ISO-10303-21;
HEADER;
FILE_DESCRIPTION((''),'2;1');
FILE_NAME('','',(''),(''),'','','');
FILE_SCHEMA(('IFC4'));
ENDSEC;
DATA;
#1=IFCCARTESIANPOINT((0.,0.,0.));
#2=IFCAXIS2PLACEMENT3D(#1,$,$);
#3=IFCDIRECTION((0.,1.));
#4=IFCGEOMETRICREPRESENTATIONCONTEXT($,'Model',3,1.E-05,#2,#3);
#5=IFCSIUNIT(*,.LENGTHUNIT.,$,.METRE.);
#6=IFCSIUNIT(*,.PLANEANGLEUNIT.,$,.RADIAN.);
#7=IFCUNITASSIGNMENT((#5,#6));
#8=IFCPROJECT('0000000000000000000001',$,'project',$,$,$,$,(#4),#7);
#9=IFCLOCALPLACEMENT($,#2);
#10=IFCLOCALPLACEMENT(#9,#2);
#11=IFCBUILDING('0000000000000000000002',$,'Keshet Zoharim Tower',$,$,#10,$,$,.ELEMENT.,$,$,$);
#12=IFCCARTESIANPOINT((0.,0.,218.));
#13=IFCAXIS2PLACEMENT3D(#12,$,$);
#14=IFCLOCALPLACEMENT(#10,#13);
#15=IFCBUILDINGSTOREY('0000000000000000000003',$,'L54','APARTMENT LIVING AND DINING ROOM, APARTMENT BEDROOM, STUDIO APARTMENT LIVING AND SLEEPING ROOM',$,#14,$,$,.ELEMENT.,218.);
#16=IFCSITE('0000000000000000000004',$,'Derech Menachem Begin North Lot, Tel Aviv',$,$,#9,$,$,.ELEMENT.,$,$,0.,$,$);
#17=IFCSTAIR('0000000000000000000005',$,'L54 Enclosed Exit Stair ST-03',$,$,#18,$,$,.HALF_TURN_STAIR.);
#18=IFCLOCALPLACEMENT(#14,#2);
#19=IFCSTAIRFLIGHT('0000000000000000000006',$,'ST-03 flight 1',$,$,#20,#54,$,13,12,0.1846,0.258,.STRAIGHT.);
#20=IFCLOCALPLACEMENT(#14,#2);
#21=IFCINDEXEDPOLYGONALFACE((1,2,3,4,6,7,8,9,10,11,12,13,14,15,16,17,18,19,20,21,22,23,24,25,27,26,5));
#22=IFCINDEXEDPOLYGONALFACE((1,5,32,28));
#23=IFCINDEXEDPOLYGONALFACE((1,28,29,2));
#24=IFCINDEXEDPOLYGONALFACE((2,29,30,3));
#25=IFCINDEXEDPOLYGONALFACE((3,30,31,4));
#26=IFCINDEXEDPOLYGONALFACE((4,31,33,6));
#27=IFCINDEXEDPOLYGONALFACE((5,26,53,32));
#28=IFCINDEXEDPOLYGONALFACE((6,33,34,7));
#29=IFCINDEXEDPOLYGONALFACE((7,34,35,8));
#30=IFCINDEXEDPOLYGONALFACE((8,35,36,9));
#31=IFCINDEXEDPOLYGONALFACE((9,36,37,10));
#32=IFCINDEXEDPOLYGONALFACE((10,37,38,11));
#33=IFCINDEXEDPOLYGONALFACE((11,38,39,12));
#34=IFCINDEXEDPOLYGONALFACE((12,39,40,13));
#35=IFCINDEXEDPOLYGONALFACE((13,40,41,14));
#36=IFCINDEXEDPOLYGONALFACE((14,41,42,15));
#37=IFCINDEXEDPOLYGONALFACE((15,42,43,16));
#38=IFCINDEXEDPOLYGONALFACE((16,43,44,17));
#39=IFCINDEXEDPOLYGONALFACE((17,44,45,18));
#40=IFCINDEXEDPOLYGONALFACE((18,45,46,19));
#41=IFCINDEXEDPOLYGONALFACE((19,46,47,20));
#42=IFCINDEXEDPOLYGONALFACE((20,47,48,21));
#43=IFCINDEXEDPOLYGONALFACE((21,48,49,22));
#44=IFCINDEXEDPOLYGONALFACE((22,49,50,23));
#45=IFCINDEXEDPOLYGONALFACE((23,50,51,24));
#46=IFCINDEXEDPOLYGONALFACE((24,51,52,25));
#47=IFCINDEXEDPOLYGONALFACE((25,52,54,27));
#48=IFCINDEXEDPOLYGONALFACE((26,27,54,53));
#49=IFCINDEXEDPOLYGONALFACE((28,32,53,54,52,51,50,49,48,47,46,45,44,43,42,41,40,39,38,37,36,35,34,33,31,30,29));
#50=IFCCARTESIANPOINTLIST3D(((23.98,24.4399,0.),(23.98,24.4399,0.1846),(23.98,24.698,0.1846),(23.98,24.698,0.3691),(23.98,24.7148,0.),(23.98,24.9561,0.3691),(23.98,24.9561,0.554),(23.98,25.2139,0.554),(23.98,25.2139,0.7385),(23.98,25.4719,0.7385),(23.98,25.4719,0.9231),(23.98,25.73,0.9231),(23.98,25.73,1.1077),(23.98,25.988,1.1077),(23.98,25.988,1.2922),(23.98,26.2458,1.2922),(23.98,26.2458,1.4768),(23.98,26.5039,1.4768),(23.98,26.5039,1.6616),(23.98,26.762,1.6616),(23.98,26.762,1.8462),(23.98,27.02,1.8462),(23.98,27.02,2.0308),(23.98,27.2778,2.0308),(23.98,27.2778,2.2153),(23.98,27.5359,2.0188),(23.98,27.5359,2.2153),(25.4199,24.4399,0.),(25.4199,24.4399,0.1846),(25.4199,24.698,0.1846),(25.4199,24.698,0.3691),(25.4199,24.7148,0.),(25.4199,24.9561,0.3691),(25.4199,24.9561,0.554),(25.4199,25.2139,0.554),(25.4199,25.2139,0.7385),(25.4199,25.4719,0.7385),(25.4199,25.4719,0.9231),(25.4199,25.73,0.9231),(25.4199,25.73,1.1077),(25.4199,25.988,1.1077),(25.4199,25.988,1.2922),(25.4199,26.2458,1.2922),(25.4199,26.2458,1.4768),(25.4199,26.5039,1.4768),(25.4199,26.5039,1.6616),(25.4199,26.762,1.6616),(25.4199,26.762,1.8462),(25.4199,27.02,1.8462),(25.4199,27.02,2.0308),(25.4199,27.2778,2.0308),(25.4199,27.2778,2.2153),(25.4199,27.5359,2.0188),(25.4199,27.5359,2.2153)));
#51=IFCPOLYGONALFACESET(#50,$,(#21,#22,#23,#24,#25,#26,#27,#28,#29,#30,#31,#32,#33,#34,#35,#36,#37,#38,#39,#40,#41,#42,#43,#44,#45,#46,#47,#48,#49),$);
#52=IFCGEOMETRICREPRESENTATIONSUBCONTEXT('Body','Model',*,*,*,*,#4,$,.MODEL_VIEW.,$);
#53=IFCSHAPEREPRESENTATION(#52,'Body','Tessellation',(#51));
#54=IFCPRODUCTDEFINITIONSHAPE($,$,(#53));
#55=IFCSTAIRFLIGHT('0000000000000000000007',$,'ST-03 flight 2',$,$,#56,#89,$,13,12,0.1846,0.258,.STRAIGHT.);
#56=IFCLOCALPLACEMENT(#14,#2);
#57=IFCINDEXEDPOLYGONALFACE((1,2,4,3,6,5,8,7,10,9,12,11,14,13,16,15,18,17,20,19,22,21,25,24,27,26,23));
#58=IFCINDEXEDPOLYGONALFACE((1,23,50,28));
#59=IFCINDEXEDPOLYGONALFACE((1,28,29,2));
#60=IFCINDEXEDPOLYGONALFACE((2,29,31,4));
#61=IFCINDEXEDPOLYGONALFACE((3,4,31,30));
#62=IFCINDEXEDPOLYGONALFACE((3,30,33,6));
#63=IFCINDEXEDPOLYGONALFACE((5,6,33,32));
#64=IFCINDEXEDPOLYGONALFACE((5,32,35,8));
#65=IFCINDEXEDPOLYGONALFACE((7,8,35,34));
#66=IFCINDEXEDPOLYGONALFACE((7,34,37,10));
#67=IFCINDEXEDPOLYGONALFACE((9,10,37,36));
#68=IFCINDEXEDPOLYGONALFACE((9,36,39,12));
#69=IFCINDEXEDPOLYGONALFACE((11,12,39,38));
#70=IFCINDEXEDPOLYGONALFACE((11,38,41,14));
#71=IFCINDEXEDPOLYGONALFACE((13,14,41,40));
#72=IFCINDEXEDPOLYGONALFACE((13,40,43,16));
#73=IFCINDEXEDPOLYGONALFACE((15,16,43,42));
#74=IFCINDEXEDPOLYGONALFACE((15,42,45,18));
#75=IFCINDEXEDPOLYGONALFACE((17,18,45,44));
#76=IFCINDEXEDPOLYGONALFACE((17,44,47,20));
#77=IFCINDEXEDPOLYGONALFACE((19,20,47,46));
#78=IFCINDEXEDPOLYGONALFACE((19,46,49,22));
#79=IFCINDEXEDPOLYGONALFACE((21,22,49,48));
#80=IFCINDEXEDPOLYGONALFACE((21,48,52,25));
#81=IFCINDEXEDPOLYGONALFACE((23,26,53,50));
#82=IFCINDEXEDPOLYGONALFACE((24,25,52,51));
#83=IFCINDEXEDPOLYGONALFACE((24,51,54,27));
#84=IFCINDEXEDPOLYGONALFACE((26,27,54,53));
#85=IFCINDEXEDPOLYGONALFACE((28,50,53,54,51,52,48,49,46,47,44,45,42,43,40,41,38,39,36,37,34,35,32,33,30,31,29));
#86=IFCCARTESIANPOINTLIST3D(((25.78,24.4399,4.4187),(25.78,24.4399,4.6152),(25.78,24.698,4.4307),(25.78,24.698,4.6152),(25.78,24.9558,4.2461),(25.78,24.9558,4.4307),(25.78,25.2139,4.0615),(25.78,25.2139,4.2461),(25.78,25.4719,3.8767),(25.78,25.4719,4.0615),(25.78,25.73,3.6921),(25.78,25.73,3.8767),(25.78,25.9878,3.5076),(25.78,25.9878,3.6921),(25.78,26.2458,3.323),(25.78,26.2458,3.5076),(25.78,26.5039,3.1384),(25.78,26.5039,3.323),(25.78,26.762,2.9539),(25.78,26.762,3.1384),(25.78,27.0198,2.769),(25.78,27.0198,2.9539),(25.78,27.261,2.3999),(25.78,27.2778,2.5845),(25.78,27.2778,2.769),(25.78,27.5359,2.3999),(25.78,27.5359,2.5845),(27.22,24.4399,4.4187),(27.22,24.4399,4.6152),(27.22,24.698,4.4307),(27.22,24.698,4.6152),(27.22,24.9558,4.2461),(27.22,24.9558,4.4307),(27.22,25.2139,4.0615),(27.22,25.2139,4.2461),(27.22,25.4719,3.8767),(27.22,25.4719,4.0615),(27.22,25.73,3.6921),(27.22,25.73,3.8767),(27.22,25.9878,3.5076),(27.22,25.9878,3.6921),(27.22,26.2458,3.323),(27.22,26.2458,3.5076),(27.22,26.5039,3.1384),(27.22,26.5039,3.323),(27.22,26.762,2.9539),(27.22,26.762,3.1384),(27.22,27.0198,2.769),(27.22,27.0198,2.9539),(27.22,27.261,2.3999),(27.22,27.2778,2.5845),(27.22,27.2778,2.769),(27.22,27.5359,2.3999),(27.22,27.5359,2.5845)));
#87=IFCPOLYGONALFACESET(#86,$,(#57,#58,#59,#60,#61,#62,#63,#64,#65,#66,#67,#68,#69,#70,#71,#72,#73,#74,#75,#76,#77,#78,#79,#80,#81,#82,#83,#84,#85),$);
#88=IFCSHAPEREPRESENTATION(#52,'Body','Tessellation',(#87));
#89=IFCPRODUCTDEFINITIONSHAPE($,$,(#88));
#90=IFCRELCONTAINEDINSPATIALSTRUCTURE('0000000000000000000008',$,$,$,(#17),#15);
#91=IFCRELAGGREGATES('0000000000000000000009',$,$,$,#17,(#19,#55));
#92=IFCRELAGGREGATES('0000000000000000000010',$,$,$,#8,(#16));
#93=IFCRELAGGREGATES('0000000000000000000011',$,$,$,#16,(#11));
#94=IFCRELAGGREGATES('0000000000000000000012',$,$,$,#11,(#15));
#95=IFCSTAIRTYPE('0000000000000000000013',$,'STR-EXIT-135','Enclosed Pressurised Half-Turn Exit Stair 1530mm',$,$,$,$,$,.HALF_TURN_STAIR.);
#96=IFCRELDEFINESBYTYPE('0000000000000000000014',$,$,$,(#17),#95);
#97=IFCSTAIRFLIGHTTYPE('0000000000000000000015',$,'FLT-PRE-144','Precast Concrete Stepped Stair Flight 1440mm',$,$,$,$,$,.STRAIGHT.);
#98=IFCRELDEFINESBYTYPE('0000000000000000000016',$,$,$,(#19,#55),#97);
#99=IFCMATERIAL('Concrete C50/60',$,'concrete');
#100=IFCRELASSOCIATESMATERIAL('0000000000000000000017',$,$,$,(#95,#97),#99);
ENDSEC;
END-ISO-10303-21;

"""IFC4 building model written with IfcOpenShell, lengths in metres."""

from ifc_helpers import new_model, si_unit, direction, frame, origin, place, context, subcontext, project, spatial, polyline, outline, extrude, material, type_object, element, aggregate, save


model = new_model("IFC4")

# Units and contexts
model_context = context("Model", 3, precision=1e-05, world=origin(), true_north=direction((0.0, 1.0)))
body_context = subcontext(model_context, "Body", "Model", "MODEL_VIEW")
ifc_project = project(units=[si_unit("LENGTHUNIT", "METRE"), si_unit("PLANEANGLEUNIT", "RADIAN")], contexts=[model_context])

# Site, building, storey
site_placement = place(None, origin())
site = spatial("IfcSite", under=ifc_project, at=site_placement, Name="Derech Menachem Begin North Lot, Tel Aviv", CompositionType="ELEMENT", RefElevation=0.0)
building_placement = place(site_placement, origin())
building = spatial("IfcBuilding", under=site, at=building_placement, Name="Keshet Zoharim Tower", CompositionType="ELEMENT")
storey_placement = place(building_placement, frame((0.0, 0.0, 218.0)))
storey = spatial("IfcBuildingStorey", under=building, at=storey_placement, Name="L54", Description="APARTMENT LIVING AND DINING ROOM, APARTMENT BEDROOM, STUDIO APARTMENT LIVING AND SLEEPING ROOM", CompositionType="ELEMENT", Elevation=218.0)

# Shared definitions
ifc_material_1 = material(Name="Concrete C50/60", Category="concrete")

# Shared definitions
stair_type = type_object("IfcStairType", Name="STR-EXIT-135", Description="Enclosed Pressurised Half-Turn Exit Stair 1530mm", PredefinedType="HALF_TURN_STAIR", material=ifc_material_1)

# Stair, stair flights
stair_1_placement = place(storey_placement, origin())
stair_1 = element("IfcStair", 1, at=stair_1_placement, inside=storey, type_object=stair_type, Name="L54 Enclosed Exit Stair ST-03", PredefinedType="HALF_TURN_STAIR")
stair_flight_type_1 = type_object("IfcStairFlightType", Name="FLT-PRE-144", Description="Precast Concrete Stepped Stair Flight 1440mm", PredefinedType="STRAIGHT", material=ifc_material_1)
stair_flight_1_placement = place(storey_placement, frame((24.7, 24.4399, 0.0), z_axis=(0.0, 0.0, 1.0), x_axis=(0.0, 1.0, 0.0)))
stair_flight_1 = element("IfcStairFlight", 2, at=stair_flight_1_placement, type_object=stair_flight_type_1, Name="ST-03 flight 1", NumberOfRisers=13, NumberOfTreads=12, PredefinedType="STRAIGHT", RiserHeight=0.1846, TreadLength=0.258, context=body_context, shape_type="SweptSolid", body=[
    extrude(outline(polyline([(0.0, 0.0), (0.0, 0.1846), (0.2581, 0.1846), (0.2581, 0.3691), (0.5161, 0.3691), (0.5161, 0.554), (0.7739, 0.554), (0.7739, 0.7385), (1.032, 0.7385), (1.032, 0.9231), (1.29, 0.9231), (1.29, 1.1077), (1.5481, 1.1077), (1.5481, 1.2922), (1.8059, 1.2922), (1.8059, 1.4768), (2.064, 1.4768), (2.064, 1.6616), (2.322, 1.6616), (2.322, 1.8462), (2.5801, 1.8462), (2.5801, 2.0308), (2.8379, 2.0308), (2.8379, 2.2153), (3.0959, 2.2153), (3.0959, 2.3999), (3.0959, 2.0188), (0.2749, 0.0), (0.0, 0.0)])), frame((0.0, 0.72, 0.0), z_axis=(0.0, -1.0, 0.0), x_axis=(1.0, 0.0, 0.0)), (0.0, 0.0, 1.0), 1.4399),
])
stair_flight_2_placement = place(storey_placement, frame((26.5, 27.5359, 2.3999), z_axis=(0.0, 0.0, 1.0), x_axis=(0.0, -1.0, 0.0)))
stair_flight_2 = element("IfcStairFlight", 3, at=stair_flight_2_placement, type_object=stair_flight_type_1, Name="ST-03 flight 2", NumberOfRisers=13, NumberOfTreads=12, PredefinedType="STRAIGHT", RiserHeight=0.1846, TreadLength=0.258, context=body_context, shape_type="SweptSolid", body=[
    extrude(outline(polyline([(0.0, 0.0), (0.0, 0.1846), (0.2581, 0.1846), (0.2581, 0.3691), (0.5161, 0.3691), (0.5161, 0.554), (0.7739, 0.554), (0.7739, 0.7385), (1.032, 0.7385), (1.032, 0.9231), (1.29, 0.9231), (1.29, 1.1077), (1.5481, 1.1077), (1.5481, 1.2922), (1.8059, 1.2922), (1.8059, 1.4768), (2.064, 1.4768), (2.064, 1.6616), (2.322, 1.6616), (2.322, 1.8462), (2.5801, 1.8462), (2.5801, 2.0308), (2.8379, 2.0308), (2.8379, 2.2153), (3.0959, 2.2153), (3.0959, 2.3999), (3.0959, 2.0188), (0.2749, 0.0), (0.0, 0.0)])), frame((0.0, 0.72, 0.0), z_axis=(0.0, -1.0, 0.0), x_axis=(1.0, 0.0, 0.0)), (0.0, 0.0, 1.0), 1.4399),
])
aggregate(stair_1, [stair_flight_1, stair_flight_2])

save(model, "model.ifc")
